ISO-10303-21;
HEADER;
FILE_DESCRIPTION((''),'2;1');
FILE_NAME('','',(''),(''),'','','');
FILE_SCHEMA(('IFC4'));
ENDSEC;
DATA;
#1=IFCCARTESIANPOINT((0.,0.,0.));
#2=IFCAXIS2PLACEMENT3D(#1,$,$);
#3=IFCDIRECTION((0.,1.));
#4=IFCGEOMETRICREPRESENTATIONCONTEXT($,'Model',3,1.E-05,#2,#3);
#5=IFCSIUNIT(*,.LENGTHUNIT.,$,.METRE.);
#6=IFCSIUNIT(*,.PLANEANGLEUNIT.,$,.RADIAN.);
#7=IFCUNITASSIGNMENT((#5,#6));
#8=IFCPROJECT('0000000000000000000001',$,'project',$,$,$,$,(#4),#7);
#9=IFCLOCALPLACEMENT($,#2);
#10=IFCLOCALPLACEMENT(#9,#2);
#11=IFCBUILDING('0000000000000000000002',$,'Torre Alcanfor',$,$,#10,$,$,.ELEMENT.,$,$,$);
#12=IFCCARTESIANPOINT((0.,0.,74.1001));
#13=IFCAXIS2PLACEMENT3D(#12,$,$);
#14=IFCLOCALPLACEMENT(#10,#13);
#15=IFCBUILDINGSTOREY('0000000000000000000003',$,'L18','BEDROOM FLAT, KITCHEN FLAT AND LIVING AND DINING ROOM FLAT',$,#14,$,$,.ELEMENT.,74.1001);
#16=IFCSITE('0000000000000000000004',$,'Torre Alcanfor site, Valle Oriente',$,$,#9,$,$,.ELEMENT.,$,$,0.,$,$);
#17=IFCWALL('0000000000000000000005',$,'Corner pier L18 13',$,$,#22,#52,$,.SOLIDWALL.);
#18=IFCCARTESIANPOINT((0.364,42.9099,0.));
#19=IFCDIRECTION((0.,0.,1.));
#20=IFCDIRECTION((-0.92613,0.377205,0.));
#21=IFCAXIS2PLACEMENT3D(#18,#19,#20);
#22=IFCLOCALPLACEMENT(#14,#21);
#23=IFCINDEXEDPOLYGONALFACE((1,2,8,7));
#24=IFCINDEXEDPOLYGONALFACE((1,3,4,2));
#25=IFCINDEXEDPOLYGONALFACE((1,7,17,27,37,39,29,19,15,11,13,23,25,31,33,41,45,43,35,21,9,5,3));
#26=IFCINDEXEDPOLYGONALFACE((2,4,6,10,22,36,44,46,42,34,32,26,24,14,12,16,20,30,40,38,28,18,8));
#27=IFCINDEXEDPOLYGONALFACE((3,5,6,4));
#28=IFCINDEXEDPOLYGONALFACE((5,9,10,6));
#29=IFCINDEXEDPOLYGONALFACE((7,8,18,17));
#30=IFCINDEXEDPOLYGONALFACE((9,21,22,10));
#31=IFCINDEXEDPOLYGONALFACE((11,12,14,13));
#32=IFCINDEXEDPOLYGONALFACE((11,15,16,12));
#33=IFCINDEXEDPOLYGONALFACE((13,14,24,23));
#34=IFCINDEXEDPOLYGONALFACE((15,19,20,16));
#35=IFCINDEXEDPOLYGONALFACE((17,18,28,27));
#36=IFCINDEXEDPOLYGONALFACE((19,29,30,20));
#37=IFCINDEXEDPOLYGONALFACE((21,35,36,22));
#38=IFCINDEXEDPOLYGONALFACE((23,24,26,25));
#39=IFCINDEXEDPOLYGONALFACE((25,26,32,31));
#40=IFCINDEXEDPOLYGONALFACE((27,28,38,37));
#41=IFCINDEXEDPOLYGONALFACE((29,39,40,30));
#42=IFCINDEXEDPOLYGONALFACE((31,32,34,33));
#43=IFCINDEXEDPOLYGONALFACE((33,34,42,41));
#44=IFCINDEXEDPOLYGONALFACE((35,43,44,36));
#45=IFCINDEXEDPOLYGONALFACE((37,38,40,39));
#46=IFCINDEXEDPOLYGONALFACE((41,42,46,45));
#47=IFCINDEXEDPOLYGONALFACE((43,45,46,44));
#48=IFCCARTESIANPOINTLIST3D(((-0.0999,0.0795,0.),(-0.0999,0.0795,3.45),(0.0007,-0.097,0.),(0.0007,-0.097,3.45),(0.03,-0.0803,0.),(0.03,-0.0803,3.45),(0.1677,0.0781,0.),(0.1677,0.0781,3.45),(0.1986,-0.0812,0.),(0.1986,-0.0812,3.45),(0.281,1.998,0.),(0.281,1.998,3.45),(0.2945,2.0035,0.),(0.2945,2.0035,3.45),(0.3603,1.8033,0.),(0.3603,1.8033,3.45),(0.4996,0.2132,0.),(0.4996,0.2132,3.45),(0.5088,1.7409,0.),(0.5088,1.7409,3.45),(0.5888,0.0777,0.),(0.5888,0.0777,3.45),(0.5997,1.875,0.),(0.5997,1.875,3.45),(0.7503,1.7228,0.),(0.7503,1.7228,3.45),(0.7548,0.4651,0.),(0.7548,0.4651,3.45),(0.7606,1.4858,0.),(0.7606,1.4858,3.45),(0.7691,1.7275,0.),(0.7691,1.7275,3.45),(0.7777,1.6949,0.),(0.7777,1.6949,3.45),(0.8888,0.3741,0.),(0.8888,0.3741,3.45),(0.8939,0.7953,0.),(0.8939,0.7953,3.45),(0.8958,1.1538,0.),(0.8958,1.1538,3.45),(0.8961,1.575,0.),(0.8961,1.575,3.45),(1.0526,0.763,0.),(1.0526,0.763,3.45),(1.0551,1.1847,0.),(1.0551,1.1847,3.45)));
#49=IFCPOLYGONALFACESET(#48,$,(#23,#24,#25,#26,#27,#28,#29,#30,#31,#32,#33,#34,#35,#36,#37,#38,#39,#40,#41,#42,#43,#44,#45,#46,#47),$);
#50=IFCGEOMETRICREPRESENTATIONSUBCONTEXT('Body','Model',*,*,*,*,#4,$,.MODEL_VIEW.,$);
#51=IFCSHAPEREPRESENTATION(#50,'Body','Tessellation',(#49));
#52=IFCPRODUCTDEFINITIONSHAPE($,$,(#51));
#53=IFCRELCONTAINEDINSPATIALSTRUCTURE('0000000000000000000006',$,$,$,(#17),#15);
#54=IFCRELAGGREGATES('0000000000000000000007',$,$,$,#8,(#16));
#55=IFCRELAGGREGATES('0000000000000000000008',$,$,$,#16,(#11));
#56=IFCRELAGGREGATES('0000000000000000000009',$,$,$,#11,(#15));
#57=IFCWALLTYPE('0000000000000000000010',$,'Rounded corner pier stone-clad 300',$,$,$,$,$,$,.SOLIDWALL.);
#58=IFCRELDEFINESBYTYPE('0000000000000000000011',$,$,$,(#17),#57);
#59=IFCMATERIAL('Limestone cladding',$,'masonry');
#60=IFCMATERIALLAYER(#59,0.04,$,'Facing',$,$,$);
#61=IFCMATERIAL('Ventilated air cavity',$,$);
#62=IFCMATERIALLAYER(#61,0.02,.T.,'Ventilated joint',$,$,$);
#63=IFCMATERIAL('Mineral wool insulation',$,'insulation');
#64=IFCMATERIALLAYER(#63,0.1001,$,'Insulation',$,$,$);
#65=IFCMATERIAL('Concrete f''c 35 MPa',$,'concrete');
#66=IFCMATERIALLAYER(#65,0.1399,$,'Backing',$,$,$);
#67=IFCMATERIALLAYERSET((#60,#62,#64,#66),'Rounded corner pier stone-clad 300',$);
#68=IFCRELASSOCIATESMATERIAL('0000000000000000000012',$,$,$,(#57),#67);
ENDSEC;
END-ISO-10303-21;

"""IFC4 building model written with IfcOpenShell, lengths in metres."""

from ifc_helpers import new_model, si_unit, direction, frame, origin, place, context, subcontext, project, spatial, polyline, outline, extrude, material, layer, layer_set, type_object, element, save


model = new_model("IFC4")

# Units and contexts
model_context = context("Model", 3, precision=1e-05, world=origin(), true_north=direction((0.0, 1.0)))
body_context = subcontext(model_context, "Body", "Model", "MODEL_VIEW")
ifc_project = project(units=[si_unit("LENGTHUNIT", "METRE"), si_unit("PLANEANGLEUNIT", "RADIAN")], contexts=[model_context])

# Site, building, storey
site_placement = place(None, origin())
site = spatial("IfcSite", under=ifc_project, at=site_placement, Name="Torre Alcanfor site, Valle Oriente", CompositionType="ELEMENT", RefElevation=0.0)
building_placement = place(site_placement, origin())
building = spatial("IfcBuilding", under=site, at=building_placement, Name="Torre Alcanfor", CompositionType="ELEMENT")
storey_placement = place(building_placement, frame((0.0, 0.0, 74.1001)))
storey = spatial("IfcBuildingStorey", under=building, at=storey_placement, Name="L18", Description="BEDROOM FLAT, KITCHEN FLAT AND LIVING AND DINING ROOM FLAT", CompositionType="ELEMENT", Elevation=74.1001)

# Shared definitions
ifc_material_1 = material(Name="Limestone cladding", Category="masonry")
ifc_material_2 = material(Name="Ventilated air cavity")
ifc_material_3 = material(Name="Mineral wool insulation", Category="insulation")
ifc_material_4 = material(Name="Concrete f'c 35 MPa", Category="concrete")

# Wall
ifc_layer_1 = layer(ifc_material_1, 0.04, Name="Facing")
ifc_layer_2 = layer(ifc_material_2, 0.02, ventilated=True, Name="Ventilated joint")
ifc_layer_3 = layer(ifc_material_3, 0.1001, Name="Insulation")
ifc_layer_4 = layer(ifc_material_4, 0.1399, Name="Backing")
ifc_layer_set_1 = layer_set([ifc_layer_1, ifc_layer_2, ifc_layer_3, ifc_layer_4], Name="Rounded corner pier stone-clad 300")
wall_type_1 = type_object("IfcWallType", Name="Rounded corner pier stone-clad 300", PredefinedType="SOLIDWALL", material=ifc_layer_set_1)
wall_1_placement = place(storey_placement, frame((0.364, 42.9099, 0.0), z_axis=(0.0, 0.0, 1.0), x_axis=(-0.92613, 0.377205, 0.0)))
element("IfcWall", 1, at=wall_1_placement, inside=storey, type_object=wall_type_1, Name="Corner pier L18 13", PredefinedType="SOLIDWALL", context=body_context, shape_type="SweptSolid", body=[
    extrude(outline(polyline([(0.3603, 1.8033), (0.5088, 1.7409), (0.7606, 1.4858), (0.8958, 1.1538), (0.8939, 0.7953), (0.7548, 0.4651), (0.4996, 0.2132), (0.1677, 0.0781), (-0.0999, 0.0795), (0.0007, -0.097), (0.03, -0.0803), (0.1986, -0.0812), (0.5888, 0.0777), (0.8888, 0.3741), (1.0526, 0.763), (1.0551, 1.1847), (0.8961, 1.575), (0.7777, 1.6949), (0.7691, 1.7275), (0.7503, 1.7228), (0.5997, 1.875), (0.2945, 2.0035), (0.281, 1.998), (0.3603, 1.8033)])), origin(), (0.0, 0.0, 1.0), 3.45),
])

save(model, "model.ifc")
